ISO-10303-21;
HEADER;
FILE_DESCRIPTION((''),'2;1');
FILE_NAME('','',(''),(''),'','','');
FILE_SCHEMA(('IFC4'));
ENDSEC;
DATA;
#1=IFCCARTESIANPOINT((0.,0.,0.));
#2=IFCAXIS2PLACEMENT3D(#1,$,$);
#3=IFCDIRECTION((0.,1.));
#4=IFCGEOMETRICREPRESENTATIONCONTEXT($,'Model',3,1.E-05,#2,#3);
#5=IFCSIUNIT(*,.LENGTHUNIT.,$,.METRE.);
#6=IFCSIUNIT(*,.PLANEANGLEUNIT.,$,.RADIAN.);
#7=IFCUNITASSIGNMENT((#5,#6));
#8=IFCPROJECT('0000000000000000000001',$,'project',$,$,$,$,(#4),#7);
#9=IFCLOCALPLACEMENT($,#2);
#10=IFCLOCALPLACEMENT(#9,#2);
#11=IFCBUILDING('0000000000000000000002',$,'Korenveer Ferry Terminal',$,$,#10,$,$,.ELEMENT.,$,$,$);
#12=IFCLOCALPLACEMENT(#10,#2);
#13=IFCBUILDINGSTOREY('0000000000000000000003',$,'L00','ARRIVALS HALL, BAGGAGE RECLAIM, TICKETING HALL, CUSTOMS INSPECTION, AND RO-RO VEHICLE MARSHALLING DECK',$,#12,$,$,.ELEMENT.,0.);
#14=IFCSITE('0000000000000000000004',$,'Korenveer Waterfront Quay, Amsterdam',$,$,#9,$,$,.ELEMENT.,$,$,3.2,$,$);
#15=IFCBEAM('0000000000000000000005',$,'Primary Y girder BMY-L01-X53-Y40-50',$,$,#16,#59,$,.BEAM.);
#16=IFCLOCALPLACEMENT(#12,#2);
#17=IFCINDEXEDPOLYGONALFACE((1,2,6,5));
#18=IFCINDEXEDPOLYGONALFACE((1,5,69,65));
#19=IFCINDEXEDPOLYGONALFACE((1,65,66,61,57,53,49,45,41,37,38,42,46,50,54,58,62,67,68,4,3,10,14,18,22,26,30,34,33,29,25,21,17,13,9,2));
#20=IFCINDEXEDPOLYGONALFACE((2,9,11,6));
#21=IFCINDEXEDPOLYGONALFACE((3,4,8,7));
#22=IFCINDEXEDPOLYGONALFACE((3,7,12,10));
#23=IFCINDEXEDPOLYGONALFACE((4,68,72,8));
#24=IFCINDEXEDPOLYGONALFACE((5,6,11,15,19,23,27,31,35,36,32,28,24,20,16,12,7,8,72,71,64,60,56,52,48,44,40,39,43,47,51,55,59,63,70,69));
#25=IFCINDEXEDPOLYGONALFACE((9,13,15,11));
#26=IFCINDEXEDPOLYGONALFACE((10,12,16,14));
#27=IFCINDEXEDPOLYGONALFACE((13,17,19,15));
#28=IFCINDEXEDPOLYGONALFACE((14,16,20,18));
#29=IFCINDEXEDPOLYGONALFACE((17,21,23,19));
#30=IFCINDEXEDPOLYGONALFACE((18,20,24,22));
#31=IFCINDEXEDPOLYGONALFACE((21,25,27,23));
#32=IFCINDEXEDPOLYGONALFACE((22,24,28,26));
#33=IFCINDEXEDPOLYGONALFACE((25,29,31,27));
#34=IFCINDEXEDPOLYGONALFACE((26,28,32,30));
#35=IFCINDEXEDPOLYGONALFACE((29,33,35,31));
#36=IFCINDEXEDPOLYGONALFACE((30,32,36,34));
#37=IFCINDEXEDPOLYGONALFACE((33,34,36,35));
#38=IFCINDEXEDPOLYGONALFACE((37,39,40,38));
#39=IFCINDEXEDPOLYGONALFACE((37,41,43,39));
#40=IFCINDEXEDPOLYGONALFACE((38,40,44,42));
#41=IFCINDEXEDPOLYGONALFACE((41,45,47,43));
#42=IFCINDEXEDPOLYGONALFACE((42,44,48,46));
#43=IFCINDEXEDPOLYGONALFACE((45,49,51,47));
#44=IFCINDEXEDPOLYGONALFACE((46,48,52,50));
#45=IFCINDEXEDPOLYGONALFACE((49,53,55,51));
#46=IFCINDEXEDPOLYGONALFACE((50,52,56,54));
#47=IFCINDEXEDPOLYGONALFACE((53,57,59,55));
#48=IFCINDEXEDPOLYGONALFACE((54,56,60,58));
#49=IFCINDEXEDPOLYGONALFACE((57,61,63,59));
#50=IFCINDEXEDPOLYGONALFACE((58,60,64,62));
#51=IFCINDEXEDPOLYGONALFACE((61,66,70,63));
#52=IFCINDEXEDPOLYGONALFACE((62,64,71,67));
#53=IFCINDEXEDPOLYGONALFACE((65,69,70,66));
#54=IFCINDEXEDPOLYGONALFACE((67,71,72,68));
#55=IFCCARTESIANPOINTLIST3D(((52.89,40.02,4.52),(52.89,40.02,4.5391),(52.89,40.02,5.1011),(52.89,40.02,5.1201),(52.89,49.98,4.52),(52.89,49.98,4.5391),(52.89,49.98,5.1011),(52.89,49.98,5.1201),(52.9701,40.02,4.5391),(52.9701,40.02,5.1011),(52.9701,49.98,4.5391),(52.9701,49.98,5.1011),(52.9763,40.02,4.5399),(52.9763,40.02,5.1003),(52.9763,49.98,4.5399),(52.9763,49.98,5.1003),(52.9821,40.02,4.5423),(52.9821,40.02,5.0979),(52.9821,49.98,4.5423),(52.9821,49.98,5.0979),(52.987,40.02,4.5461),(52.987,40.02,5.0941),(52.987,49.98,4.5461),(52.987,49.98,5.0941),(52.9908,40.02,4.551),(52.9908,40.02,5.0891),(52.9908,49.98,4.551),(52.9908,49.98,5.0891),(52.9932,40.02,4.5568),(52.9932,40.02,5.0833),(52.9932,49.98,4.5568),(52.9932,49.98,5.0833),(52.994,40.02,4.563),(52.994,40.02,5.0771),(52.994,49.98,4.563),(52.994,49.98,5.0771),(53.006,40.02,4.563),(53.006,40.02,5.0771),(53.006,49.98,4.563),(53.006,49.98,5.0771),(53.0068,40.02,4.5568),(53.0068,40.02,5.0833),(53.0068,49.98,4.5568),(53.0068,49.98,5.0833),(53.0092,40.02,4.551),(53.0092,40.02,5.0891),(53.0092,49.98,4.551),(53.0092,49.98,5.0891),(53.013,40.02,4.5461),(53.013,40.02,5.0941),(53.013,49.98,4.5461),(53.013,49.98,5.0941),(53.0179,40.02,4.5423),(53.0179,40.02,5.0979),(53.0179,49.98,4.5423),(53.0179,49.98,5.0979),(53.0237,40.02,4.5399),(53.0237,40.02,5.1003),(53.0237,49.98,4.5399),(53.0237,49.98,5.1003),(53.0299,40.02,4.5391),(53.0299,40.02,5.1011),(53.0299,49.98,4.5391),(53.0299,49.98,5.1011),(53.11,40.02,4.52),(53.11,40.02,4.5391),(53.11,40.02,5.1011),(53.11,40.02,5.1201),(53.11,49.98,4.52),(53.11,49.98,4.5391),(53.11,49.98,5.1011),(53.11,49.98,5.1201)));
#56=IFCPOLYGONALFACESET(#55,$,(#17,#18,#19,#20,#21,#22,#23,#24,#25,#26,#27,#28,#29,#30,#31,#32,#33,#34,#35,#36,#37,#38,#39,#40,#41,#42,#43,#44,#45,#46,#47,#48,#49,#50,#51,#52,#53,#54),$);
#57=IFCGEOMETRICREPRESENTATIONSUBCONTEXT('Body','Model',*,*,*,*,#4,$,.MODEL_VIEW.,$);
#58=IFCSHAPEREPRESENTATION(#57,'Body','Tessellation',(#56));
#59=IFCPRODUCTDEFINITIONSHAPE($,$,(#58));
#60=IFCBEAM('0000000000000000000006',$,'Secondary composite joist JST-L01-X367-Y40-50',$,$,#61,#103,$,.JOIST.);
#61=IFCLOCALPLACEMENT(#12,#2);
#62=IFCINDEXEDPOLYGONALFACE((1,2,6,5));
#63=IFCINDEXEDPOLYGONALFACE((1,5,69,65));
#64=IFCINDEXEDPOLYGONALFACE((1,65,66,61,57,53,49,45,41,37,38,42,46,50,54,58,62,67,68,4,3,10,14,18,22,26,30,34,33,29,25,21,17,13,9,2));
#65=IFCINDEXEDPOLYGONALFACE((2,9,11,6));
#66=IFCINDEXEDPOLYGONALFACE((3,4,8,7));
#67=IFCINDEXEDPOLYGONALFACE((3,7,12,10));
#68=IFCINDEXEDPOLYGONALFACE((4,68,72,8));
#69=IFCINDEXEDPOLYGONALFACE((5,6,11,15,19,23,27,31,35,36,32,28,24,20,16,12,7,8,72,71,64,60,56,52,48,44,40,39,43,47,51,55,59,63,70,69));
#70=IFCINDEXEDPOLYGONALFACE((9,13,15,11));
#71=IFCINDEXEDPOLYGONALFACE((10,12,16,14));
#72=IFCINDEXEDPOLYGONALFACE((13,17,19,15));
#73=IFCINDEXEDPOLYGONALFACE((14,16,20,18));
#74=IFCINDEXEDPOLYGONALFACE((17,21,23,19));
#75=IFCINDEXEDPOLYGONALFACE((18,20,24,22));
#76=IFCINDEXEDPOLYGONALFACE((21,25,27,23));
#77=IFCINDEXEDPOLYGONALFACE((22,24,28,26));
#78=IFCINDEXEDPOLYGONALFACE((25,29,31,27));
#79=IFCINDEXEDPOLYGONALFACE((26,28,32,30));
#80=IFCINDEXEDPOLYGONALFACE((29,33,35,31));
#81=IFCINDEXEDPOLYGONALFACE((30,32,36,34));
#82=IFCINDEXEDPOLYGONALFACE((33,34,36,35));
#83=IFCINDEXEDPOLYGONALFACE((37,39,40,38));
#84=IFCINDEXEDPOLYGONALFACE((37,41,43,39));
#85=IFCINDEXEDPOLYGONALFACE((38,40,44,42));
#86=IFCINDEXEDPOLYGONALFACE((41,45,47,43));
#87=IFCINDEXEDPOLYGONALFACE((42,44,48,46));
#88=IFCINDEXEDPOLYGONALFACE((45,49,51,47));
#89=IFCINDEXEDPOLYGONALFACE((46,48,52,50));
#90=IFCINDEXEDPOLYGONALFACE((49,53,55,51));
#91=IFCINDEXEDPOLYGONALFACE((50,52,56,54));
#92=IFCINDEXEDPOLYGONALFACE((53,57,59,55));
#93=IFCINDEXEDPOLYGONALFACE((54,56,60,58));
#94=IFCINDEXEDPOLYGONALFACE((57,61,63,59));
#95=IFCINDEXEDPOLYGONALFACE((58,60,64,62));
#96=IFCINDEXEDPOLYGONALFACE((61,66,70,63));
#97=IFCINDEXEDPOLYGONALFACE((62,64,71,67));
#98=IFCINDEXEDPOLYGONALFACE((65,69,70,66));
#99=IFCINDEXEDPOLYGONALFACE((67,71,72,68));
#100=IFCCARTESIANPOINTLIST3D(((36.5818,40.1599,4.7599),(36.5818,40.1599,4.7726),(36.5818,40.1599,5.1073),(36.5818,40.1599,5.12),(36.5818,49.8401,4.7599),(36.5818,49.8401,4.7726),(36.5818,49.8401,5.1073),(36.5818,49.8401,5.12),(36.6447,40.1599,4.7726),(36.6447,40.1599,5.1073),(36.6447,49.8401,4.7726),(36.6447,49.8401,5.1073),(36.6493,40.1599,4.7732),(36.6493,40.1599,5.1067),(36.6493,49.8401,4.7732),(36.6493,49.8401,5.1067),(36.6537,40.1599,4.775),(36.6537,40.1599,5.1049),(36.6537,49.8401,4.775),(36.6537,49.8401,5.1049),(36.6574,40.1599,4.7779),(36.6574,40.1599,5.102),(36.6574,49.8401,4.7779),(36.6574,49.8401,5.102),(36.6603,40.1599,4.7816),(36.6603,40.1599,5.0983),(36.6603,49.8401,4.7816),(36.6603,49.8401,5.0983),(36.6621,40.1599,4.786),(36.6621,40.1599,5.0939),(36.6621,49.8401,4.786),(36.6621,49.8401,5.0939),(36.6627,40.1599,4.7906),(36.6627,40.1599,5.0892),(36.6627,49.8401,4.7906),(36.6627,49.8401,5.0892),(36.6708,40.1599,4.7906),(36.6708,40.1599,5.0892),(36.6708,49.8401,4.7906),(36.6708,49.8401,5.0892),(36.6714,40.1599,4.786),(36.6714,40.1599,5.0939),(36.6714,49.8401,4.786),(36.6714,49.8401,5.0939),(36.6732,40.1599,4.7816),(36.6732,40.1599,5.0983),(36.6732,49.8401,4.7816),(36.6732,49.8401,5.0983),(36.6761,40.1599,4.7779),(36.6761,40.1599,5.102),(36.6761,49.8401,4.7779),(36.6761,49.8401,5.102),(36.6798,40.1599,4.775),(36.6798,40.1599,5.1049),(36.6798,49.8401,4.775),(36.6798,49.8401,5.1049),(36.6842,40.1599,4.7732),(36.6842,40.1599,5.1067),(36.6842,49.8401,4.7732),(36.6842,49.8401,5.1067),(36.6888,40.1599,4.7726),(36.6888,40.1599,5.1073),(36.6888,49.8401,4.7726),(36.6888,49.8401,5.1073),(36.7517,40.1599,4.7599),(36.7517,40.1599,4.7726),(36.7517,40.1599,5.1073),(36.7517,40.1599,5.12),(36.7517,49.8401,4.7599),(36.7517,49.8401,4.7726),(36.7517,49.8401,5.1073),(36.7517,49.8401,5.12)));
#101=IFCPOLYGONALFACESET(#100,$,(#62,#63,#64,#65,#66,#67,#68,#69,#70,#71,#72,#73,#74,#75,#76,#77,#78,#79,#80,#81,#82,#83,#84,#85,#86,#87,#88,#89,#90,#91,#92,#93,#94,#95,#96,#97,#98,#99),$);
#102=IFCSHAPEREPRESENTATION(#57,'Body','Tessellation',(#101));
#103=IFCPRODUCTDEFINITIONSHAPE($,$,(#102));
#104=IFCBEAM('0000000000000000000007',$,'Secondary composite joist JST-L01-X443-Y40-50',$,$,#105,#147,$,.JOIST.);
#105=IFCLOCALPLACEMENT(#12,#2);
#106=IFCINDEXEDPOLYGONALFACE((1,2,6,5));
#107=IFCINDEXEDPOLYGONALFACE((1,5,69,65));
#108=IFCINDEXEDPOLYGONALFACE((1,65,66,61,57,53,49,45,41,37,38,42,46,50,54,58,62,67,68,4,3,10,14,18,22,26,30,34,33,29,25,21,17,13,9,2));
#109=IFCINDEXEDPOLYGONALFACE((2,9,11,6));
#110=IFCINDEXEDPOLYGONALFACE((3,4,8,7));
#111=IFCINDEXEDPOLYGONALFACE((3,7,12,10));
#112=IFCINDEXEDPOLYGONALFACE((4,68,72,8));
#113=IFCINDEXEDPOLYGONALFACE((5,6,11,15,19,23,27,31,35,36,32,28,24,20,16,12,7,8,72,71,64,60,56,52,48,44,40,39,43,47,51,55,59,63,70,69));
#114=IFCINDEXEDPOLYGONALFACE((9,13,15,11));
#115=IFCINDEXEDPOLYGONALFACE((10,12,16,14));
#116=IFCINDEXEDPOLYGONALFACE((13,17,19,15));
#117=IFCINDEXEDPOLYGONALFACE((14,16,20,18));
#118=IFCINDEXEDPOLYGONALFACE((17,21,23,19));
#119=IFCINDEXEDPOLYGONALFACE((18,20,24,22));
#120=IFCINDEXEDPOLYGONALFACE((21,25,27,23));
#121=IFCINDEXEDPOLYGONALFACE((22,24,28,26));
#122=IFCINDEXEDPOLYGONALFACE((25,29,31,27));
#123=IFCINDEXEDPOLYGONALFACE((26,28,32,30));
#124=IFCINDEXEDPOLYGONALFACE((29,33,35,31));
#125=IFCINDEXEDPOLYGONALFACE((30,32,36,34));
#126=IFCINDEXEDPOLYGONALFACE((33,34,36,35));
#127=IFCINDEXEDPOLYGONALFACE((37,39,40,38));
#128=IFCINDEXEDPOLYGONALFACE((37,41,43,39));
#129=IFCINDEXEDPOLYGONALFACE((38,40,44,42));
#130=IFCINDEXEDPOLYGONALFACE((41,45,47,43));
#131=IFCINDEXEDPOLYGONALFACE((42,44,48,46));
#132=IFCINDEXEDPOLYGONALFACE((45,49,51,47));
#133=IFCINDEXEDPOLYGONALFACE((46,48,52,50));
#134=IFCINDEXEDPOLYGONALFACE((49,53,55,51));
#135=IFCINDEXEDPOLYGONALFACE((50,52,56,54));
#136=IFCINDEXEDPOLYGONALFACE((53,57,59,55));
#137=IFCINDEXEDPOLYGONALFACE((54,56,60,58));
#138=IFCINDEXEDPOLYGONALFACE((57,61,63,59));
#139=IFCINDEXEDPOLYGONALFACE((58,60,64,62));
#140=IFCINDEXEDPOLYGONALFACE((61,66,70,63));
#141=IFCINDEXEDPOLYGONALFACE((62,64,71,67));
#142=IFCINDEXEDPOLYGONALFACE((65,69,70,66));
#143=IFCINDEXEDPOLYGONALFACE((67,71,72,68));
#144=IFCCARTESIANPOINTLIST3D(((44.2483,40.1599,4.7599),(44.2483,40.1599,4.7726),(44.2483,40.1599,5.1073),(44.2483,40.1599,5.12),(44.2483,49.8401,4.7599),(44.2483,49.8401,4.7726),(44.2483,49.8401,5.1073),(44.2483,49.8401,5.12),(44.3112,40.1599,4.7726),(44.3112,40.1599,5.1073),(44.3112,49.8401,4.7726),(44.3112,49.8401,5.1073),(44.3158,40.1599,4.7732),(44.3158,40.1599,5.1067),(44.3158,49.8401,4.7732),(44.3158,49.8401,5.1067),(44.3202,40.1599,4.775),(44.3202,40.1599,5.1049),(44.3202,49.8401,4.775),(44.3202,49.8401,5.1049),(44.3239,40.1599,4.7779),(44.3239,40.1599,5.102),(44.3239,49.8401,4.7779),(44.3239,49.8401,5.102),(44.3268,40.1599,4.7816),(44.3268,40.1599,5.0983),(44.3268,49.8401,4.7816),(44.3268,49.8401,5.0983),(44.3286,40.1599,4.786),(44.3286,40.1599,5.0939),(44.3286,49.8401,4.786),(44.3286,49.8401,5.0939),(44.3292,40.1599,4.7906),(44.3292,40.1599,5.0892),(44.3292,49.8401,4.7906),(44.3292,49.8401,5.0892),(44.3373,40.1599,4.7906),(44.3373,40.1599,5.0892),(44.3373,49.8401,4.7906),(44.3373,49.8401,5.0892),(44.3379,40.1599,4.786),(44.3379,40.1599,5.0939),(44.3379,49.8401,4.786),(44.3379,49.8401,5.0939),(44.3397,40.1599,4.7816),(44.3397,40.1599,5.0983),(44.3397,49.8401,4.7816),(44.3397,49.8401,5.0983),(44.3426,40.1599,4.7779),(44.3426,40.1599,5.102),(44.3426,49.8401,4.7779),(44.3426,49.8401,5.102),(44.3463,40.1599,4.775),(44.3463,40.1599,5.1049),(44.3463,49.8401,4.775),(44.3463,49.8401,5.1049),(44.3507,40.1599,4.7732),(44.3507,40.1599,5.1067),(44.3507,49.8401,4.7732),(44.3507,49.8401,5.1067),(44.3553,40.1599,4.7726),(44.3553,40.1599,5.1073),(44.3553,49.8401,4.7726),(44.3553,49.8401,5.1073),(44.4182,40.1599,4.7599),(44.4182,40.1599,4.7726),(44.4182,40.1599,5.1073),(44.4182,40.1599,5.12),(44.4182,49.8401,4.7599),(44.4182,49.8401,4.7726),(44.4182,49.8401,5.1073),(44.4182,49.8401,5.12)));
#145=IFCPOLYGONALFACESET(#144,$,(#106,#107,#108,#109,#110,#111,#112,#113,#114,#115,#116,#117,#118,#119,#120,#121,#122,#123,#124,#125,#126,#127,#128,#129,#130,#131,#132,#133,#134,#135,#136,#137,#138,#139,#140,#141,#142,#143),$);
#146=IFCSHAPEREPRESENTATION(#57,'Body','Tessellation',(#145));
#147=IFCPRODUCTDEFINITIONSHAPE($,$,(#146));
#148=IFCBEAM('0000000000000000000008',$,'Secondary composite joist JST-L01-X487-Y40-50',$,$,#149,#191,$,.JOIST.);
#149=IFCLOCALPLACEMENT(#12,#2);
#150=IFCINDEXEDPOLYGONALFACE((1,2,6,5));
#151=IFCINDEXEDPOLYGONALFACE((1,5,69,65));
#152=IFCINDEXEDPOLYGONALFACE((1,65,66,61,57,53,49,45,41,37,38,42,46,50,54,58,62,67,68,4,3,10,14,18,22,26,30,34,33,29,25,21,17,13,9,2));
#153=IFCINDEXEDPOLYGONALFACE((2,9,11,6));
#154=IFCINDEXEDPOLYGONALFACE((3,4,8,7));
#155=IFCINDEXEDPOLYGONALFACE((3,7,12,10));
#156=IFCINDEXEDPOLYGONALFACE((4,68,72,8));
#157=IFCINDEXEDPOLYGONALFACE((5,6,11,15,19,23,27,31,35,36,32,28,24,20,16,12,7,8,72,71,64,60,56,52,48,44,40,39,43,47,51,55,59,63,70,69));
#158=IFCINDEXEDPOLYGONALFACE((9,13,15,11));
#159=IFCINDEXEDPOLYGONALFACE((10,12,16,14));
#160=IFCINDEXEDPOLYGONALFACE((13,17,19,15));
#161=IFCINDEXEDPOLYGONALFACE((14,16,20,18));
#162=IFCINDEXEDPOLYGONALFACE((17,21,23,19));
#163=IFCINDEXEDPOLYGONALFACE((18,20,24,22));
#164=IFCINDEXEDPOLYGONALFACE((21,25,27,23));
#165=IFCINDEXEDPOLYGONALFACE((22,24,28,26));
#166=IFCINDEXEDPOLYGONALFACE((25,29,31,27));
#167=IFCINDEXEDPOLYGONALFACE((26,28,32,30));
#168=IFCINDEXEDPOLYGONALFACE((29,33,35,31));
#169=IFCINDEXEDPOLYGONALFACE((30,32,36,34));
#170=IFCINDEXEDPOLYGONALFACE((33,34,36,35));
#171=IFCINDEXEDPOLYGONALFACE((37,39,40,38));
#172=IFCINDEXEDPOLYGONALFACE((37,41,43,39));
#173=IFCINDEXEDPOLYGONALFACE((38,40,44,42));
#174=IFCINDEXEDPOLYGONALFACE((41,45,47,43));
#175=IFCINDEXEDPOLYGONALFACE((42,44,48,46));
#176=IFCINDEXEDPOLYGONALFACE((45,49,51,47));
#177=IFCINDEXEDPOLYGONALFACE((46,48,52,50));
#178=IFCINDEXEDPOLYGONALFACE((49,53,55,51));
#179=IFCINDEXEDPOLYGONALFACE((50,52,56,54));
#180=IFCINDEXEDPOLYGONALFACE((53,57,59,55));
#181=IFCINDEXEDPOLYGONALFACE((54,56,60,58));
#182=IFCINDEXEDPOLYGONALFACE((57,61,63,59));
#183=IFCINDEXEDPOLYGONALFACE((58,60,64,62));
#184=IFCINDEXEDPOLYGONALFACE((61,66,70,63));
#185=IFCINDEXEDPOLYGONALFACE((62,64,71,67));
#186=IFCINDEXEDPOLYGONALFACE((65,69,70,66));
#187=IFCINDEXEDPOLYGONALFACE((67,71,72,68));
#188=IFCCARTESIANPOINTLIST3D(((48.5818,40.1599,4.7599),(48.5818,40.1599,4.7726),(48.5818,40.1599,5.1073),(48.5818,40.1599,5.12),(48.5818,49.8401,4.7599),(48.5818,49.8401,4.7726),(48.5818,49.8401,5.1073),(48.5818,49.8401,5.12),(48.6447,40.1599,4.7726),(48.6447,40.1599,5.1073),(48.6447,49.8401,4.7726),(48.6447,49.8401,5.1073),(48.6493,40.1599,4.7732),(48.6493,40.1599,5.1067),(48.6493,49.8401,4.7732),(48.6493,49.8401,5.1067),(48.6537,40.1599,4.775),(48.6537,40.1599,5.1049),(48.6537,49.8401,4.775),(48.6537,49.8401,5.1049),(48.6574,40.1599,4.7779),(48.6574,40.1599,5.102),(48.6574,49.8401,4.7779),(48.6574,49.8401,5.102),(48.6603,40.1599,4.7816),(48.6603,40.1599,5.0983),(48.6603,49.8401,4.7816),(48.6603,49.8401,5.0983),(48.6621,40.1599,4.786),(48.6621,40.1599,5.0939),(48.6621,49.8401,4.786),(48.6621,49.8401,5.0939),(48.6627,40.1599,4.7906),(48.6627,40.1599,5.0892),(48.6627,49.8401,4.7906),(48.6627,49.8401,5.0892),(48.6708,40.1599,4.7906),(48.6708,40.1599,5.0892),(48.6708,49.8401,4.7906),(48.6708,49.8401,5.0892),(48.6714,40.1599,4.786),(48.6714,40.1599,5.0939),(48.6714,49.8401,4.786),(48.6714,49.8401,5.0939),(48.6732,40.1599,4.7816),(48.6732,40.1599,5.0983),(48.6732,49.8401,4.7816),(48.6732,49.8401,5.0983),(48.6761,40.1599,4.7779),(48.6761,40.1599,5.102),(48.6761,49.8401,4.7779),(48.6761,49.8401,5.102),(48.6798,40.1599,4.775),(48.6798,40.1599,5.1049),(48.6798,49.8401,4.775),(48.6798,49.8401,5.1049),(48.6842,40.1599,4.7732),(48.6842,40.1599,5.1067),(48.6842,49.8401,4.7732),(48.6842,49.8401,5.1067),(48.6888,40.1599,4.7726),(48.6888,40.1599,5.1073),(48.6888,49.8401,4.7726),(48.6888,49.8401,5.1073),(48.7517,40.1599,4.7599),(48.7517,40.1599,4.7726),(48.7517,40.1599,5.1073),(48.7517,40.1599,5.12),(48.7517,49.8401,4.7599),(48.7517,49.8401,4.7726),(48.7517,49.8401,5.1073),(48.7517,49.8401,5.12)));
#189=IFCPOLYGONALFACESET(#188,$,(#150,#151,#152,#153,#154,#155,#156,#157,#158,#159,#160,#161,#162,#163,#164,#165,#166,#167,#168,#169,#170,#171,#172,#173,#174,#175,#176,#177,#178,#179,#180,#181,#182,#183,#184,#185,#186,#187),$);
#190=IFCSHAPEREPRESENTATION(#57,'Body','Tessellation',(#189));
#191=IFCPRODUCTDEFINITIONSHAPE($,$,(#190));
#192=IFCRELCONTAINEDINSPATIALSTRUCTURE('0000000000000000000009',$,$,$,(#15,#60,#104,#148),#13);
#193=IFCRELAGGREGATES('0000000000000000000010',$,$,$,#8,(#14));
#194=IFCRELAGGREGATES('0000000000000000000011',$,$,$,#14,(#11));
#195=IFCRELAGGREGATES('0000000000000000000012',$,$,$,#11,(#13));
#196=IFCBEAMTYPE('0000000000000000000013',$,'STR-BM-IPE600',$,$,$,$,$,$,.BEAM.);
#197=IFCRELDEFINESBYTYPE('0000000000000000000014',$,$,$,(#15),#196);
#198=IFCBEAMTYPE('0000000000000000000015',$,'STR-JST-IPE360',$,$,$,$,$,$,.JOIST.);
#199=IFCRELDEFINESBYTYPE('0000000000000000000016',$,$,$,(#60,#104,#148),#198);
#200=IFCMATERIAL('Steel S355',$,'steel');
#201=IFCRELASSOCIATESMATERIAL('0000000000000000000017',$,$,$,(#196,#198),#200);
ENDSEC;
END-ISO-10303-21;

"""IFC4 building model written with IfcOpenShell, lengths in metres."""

from ifc_helpers import new_model, si_unit, direction, frame, origin, origin_2d, place, context, subcontext, project, spatial, i_section, extrude, material, material_profile, profile_set, type_object, element, save


model = new_model("IFC4")

# Units and contexts
model_context = context("Model", 3, precision=1e-05, world=origin(), true_north=direction((0.0, 1.0)))
body_context = subcontext(model_context, "Body", "Model", "MODEL_VIEW")
ifc_project = project(units=[si_unit("LENGTHUNIT", "METRE"), si_unit("PLANEANGLEUNIT", "RADIAN")], contexts=[model_context])

# Site, building, storey
site_placement = place(None, origin())
site = spatial("IfcSite", under=ifc_project, at=site_placement, Name="Korenveer Waterfront Quay, Amsterdam", CompositionType="ELEMENT", RefElevation=3.2)
building_placement = place(site_placement, origin())
building = spatial("IfcBuilding", under=site, at=building_placement, Name="Korenveer Ferry Terminal", CompositionType="ELEMENT")
storey_placement = place(building_placement, origin())
storey = spatial("IfcBuildingStorey", under=building, at=storey_placement, Name="L00", Description="ARRIVALS HALL, BAGGAGE RECLAIM, TICKETING HALL, CUSTOMS INSPECTION, AND RO-RO VEHICLE MARSHALLING DECK", CompositionType="ELEMENT", Elevation=0.0)

# Shared definitions
ifc_material_1 = material(Name="Steel S355", Category="steel")

# Beams
ifc_material_profile_1 = material_profile(ifc_material_1, i_section(OverallWidth=0.22, OverallDepth=0.6001, WebThickness=0.012, FlangeThickness=0.019, FilletRadius=0.0239, at=origin_2d()), Name="IPE 600")
ifc_profile_set_1 = profile_set([ifc_material_profile_1], Name="Steel S355")
beam_type_1 = type_object("IfcBeamType", Name="STR-BM-IPE600", PredefinedType="BEAM", material=ifc_profile_set_1)
for number, where, z_axis, x_axis, name in (
    (1, (53.0, 40.02, 4.8201), (0.0, 1.0, 0.0), (-1.0, 0.0, 0.0), "Primary Y girder BMY-L01-X53-Y40-50"),
):
    element("IfcBeam", number, at=place(storey_placement, frame(where, z_axis=z_axis, x_axis=x_axis)), inside=storey, type_object=beam_type_1, Name=name, PredefinedType="BEAM", context=body_context, shape_type="SweptSolid", body=[
        extrude(i_section(OverallWidth=0.22, OverallDepth=0.6001, WebThickness=0.012, FlangeThickness=0.019, FilletRadius=0.0239, at=origin_2d()), origin(), (0.0, 0.0, 1.0), 9.96),
    ])
ifc_material_profile_2 = material_profile(ifc_material_1, i_section(OverallWidth=0.1699, OverallDepth=0.3601, WebThickness=0.0081, FlangeThickness=0.0127, FilletRadius=0.0181, at=origin_2d()), Name="IPE 360")
ifc_profile_set_2 = profile_set([ifc_material_profile_2], Name="Steel S355")
beam_type_2 = type_object("IfcBeamType", Name="STR-JST-IPE360", PredefinedType="JOIST", material=ifc_profile_set_2)
for number, where, z_axis, x_axis, name in (
    (2, (36.6667, 40.1599, 4.9399), (0.0, 1.0, 0.0), (-1.0, 0.0, 0.0), "Secondary composite joist JST-L01-X367-Y40-50"),
    (3, (44.3333, 40.1599, 4.9399), (0.0, 1.0, 0.0), (-1.0, 0.0, 0.0), "Secondary composite joist JST-L01-X443-Y40-50"),
    (4, (48.6667, 40.1599, 4.9399), (0.0, 1.0, 0.0), (-1.0, 0.0, 0.0), "Secondary composite joist JST-L01-X487-Y40-50"),
):
    element("IfcBeam", number, at=place(storey_placement, frame(where, z_axis=z_axis, x_axis=x_axis)), inside=storey, type_object=beam_type_2, Name=name, PredefinedType="JOIST", context=body_context, shape_type="SweptSolid", body=[
        extrude(i_section(OverallWidth=0.1699, OverallDepth=0.3601, WebThickness=0.0081, FlangeThickness=0.0127, FilletRadius=0.0181, at=origin_2d()), origin(), (0.0, 0.0, 1.0), 9.6802),
    ])

save(model, "model.ifc")
